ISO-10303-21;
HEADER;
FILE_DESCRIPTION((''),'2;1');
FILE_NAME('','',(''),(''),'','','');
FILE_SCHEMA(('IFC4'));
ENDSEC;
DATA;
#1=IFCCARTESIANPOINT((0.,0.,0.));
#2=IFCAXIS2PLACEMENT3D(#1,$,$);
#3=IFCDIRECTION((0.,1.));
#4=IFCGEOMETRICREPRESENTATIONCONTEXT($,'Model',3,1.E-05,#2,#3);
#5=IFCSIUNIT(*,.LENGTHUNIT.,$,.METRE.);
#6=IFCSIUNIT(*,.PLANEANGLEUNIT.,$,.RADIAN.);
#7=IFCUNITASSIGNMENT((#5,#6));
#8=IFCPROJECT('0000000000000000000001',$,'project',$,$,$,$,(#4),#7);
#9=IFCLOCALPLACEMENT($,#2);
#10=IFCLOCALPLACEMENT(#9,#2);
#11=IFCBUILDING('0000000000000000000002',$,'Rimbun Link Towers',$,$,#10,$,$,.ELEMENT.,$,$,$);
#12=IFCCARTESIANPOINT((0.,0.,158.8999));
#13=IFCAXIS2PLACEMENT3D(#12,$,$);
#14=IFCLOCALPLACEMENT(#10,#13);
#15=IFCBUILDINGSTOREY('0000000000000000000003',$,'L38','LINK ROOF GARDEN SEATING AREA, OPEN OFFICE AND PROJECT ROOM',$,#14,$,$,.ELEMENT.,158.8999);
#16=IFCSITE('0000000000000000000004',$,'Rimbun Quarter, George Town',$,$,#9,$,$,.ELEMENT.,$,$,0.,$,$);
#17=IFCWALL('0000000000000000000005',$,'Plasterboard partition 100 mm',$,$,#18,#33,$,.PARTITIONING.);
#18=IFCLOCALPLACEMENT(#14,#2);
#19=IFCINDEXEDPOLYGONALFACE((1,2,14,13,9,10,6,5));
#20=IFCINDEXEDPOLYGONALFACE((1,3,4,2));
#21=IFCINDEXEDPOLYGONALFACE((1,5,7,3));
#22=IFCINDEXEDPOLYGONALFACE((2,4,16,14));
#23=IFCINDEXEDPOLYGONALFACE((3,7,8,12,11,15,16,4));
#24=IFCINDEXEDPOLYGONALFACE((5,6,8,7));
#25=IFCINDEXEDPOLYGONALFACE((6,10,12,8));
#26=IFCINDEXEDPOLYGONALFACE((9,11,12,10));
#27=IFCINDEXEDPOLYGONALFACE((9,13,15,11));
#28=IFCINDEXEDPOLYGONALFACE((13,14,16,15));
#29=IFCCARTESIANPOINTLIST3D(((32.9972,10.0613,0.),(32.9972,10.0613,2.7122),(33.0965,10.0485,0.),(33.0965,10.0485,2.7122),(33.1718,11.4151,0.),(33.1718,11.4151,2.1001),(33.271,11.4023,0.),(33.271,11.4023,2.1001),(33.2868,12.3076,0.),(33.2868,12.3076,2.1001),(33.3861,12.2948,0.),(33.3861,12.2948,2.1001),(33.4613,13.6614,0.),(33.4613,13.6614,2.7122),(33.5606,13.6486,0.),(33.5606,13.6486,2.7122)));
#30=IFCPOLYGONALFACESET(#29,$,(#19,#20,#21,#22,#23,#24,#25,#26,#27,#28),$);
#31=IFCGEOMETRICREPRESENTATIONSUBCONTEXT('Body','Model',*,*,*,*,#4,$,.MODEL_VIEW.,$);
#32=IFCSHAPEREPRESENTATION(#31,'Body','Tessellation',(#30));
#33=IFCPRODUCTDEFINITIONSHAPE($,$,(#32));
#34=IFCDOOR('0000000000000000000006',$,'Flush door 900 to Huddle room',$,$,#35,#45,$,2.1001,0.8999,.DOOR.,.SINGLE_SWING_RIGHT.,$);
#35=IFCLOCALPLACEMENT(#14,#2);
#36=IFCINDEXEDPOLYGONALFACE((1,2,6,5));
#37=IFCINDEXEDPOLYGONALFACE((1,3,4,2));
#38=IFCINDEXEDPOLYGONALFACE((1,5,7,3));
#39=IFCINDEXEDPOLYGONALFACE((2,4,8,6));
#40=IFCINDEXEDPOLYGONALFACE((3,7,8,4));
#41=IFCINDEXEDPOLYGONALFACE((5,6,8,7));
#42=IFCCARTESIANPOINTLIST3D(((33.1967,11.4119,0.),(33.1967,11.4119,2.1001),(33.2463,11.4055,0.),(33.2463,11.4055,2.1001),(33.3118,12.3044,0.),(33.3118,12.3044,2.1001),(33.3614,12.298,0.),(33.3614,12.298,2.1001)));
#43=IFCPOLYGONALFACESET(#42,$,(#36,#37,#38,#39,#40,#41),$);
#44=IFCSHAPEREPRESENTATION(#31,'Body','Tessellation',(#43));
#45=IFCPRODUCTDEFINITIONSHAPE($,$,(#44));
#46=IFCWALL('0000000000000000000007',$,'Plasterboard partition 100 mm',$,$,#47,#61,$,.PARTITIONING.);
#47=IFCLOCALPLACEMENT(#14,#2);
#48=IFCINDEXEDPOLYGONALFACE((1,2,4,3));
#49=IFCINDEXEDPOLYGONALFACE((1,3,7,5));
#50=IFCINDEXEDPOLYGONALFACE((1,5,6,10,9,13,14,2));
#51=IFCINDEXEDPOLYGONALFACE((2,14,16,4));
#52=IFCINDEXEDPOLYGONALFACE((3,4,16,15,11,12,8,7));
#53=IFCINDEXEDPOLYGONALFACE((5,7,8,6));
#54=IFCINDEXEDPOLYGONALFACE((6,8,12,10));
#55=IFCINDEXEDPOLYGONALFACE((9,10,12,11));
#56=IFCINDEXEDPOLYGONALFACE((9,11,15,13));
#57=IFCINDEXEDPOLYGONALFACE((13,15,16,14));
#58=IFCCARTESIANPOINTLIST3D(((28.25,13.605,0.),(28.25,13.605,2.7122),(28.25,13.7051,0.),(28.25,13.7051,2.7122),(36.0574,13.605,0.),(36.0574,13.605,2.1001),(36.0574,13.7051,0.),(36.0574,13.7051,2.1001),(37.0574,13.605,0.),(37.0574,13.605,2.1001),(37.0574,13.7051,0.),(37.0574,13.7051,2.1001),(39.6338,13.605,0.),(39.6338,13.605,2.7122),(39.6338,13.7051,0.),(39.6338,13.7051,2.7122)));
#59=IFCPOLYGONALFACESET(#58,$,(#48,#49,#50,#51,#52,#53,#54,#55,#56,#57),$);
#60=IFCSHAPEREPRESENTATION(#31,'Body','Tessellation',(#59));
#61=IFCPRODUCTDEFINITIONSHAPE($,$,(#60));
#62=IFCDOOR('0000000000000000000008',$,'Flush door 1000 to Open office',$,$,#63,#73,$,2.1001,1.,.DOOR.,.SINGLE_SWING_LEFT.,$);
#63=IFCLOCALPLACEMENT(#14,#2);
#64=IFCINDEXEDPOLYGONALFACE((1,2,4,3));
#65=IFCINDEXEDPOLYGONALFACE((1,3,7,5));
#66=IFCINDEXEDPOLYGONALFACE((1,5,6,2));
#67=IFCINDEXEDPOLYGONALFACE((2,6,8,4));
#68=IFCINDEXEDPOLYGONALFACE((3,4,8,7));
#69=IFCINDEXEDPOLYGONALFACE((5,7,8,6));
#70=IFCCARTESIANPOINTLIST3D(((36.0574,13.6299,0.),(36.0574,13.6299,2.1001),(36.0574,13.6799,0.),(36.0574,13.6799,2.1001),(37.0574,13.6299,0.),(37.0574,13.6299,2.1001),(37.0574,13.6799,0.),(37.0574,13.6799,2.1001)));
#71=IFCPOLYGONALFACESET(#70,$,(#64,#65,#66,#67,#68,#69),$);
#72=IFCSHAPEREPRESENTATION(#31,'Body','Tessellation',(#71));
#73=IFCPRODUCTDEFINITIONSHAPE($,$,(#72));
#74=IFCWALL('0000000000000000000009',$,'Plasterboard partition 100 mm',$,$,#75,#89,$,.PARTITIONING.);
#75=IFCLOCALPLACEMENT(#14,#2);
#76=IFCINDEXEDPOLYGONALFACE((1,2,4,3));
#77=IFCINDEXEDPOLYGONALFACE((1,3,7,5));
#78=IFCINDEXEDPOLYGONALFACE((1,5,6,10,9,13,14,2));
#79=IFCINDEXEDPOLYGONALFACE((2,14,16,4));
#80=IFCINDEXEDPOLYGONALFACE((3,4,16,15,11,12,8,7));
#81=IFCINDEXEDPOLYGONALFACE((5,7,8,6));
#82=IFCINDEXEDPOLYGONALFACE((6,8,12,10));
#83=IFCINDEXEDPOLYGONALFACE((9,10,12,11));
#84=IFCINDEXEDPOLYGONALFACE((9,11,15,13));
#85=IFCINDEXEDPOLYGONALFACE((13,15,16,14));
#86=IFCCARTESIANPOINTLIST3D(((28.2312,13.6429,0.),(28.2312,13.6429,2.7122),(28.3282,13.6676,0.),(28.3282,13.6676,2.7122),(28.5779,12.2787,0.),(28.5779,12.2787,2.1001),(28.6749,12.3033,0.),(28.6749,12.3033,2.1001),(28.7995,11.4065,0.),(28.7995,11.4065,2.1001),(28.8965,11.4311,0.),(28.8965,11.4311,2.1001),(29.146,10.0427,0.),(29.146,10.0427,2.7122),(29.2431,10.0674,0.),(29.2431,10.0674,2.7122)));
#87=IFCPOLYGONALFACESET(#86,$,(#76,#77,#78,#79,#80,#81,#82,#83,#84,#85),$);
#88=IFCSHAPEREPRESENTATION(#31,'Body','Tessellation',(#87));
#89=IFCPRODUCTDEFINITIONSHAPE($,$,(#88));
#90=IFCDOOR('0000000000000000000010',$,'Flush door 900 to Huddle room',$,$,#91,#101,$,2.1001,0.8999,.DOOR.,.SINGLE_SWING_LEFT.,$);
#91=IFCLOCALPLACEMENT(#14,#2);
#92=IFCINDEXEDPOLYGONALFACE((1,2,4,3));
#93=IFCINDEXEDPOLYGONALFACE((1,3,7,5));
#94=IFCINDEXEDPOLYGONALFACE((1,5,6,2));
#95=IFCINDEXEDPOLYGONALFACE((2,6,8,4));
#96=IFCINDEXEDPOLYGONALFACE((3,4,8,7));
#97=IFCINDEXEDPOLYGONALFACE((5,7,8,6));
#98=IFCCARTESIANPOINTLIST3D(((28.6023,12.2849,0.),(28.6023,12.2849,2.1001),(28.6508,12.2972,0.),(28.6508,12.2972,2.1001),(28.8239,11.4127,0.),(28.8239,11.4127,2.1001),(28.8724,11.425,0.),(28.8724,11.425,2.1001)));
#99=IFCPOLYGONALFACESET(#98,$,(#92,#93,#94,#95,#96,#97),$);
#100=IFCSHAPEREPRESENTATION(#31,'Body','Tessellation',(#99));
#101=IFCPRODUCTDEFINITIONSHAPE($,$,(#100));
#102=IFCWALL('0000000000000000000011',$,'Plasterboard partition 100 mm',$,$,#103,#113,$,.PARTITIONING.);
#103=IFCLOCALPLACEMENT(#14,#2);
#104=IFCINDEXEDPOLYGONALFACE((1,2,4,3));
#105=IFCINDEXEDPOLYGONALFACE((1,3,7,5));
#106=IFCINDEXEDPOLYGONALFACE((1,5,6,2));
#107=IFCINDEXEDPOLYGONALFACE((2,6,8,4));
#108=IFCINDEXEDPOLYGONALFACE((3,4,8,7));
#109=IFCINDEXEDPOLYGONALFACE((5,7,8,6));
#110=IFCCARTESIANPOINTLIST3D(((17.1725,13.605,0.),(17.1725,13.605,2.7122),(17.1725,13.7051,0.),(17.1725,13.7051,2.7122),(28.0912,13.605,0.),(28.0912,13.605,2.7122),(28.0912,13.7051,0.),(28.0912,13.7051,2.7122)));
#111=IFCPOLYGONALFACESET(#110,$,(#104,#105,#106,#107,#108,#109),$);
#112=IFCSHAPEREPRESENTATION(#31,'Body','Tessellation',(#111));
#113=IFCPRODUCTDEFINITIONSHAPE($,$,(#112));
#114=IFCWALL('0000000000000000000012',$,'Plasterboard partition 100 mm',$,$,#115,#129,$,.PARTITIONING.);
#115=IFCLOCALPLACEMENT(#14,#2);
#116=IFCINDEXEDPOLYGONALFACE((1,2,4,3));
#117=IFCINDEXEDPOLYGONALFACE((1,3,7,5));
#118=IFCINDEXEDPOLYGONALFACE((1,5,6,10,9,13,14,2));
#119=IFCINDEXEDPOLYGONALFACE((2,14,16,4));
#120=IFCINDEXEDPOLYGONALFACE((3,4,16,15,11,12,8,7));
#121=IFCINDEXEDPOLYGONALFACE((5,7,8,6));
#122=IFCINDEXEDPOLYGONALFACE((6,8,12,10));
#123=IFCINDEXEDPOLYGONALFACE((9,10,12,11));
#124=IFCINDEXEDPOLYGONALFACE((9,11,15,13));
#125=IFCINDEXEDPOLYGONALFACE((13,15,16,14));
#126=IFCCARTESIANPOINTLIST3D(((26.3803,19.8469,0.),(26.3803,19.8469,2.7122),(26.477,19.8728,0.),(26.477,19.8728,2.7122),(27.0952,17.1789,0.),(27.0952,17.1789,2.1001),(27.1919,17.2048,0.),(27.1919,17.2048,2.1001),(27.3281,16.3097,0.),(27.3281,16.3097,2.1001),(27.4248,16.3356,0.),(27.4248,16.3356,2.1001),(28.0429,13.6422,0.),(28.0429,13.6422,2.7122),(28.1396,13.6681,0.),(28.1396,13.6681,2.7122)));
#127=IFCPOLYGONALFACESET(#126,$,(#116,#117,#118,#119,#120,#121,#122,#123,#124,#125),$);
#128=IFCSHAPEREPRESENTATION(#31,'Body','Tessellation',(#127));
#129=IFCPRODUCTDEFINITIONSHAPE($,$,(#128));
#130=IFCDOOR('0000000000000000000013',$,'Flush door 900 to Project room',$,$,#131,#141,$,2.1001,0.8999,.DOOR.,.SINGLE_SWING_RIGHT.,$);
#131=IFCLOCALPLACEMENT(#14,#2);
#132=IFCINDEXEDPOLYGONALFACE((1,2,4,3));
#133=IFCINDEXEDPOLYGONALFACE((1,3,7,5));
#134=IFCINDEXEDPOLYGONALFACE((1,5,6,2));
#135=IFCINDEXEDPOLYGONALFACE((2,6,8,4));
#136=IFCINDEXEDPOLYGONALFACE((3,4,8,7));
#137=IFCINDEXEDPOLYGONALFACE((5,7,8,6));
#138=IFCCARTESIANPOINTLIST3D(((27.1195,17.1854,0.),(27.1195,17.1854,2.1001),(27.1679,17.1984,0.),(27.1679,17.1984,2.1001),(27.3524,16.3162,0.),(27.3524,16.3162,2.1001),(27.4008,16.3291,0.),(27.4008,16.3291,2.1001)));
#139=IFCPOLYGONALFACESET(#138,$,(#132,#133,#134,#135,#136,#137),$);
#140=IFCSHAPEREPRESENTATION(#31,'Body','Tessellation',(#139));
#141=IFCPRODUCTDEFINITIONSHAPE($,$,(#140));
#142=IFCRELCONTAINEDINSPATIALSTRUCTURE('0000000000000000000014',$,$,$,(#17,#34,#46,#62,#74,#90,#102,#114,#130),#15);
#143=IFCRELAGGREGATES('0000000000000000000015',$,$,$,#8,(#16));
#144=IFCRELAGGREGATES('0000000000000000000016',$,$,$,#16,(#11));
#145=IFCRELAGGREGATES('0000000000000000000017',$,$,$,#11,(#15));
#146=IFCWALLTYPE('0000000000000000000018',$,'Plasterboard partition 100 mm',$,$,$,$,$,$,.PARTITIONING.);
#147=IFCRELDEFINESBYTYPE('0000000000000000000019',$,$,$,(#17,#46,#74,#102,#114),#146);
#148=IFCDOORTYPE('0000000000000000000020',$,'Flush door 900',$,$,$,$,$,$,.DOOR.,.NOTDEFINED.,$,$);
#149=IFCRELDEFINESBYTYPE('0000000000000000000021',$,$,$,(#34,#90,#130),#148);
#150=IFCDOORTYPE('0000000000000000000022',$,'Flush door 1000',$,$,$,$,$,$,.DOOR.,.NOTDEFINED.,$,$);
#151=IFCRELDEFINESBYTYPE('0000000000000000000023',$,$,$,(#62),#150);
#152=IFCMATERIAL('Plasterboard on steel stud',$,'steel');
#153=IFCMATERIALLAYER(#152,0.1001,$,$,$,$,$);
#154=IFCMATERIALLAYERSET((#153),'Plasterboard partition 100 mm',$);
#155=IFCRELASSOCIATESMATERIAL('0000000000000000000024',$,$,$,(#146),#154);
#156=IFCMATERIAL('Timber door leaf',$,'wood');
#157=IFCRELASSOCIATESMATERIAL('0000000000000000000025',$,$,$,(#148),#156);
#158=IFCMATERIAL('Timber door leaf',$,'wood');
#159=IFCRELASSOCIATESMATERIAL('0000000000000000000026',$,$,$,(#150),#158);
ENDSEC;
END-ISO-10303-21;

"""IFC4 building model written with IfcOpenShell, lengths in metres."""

from ifc_helpers import new_model, si_unit, direction, frame, frame_2d, origin, place, context, subcontext, project, spatial, rectangle, extrude, material, layer, layer_set, type_object, element, fill, save


model = new_model("IFC4")

# Units and contexts
model_context = context("Model", 3, precision=1e-05, world=origin(), true_north=direction((0.0, 1.0)))
body_context = subcontext(model_context, "Body", "Model", "MODEL_VIEW")
ifc_project = project(units=[si_unit("LENGTHUNIT", "METRE"), si_unit("PLANEANGLEUNIT", "RADIAN")], contexts=[model_context])

# Site, building, storey
site_placement = place(None, origin())
site = spatial("IfcSite", under=ifc_project, at=site_placement, Name="Rimbun Quarter, George Town", CompositionType="ELEMENT", RefElevation=0.0)
building_placement = place(site_placement, origin())
building = spatial("IfcBuilding", under=site, at=building_placement, Name="Rimbun Link Towers", CompositionType="ELEMENT")
storey_placement = place(building_placement, frame((0.0, 0.0, 158.8999)))
storey = spatial("IfcBuildingStorey", under=building, at=storey_placement, Name="L38", Description="LINK ROOF GARDEN SEATING AREA, OPEN OFFICE AND PROJECT ROOM", CompositionType="ELEMENT", Elevation=158.8999)

# Walls, openings, doors
ifc_material_1 = material(Name="Plasterboard on steel stud", Category="steel")
ifc_layer_1 = layer(ifc_material_1, 0.1001)
ifc_layer_set_1 = layer_set([ifc_layer_1], Name="Plasterboard partition 100 mm")
wall_type = type_object("IfcWallType", Name="Plasterboard partition 100 mm", PredefinedType="PARTITIONING", material=ifc_layer_set_1)
wall_1_placement = place(storey_placement, frame((33.0469, 10.0549, 0.0), z_axis=(0.0, 0.0, 1.0), x_axis=(0.127858, 0.991792, 0.0)))
wall_1 = element("IfcWall", 1, at=wall_1_placement, inside=storey, type_object=wall_type, Name="Plasterboard partition 100 mm", PredefinedType="PARTITIONING", context=body_context, shape_type="SweptSolid", body=[
    extrude(rectangle(XDim=3.6299, YDim=0.1001, at=frame_2d((1.8149, 0.0))), origin(), (0.0, 0.0, 1.0), 2.7122),
])
opening_1_placement = place(wall_1_placement, frame((1.365, 0.0, 0.0)))
opening_1 = element("IfcOpeningElement", 2, at=opening_1_placement, cuts=wall_1, PredefinedType="OPENING", context=body_context, shape_type="SweptSolid", body=[
    extrude(rectangle(XDim=0.8999, YDim=2.1001, at=frame_2d((0.45, 1.05))), frame((0.0, 0.0601, 0.0), z_axis=(0.0, -1.0, 0.0), x_axis=(1.0, 0.0, 0.0)), (0.0, 0.0, 1.0), 0.1201),
])
ifc_material_2 = material(Name="Timber door leaf", Category="wood")
door_type_1 = type_object("IfcDoorType", Name="Flush door 900", OperationType="NOTDEFINED", PredefinedType="DOOR", material=ifc_material_2)
door_1_placement = place(opening_1_placement, origin())
door_1 = element("IfcDoor", 3, at=door_1_placement, inside=storey, type_object=door_type_1, Name="Flush door 900 to Huddle room", OperationType="SINGLE_SWING_RIGHT", OverallHeight=2.1001, OverallWidth=0.8999, PredefinedType="DOOR", context=body_context, shape_type="SweptSolid", body=[
    extrude(rectangle(XDim=0.8999, YDim=2.1001, at=frame_2d((0.45, 1.05))), frame((0.0, 0.0249, 0.0), z_axis=(0.0, -1.0, 0.0), x_axis=(1.0, 0.0, 0.0)), (0.0, 0.0, 1.0), 0.05),
])
fill(opening_1, door_1)
wall_2_placement = place(storey_placement, frame((28.25, 13.655, 0.0), z_axis=(0.0, 0.0, 1.0), x_axis=(1.0, 0.0, 0.0)))
wall_2 = element("IfcWall", 4, at=wall_2_placement, inside=storey, type_object=wall_type, Name="Plasterboard partition 100 mm", PredefinedType="PARTITIONING", context=body_context, shape_type="SweptSolid", body=[
    extrude(rectangle(XDim=11.3838, YDim=0.1001, at=frame_2d((5.6919, 0.0))), origin(), (0.0, 0.0, 1.0), 2.7122),
])
opening_2_placement = place(wall_2_placement, frame((7.8074, 0.0, 0.0)))
opening_2 = element("IfcOpeningElement", 5, at=opening_2_placement, cuts=wall_2, PredefinedType="OPENING", context=body_context, shape_type="SweptSolid", body=[
    extrude(rectangle(XDim=1.0, YDim=2.1001, at=frame_2d((0.5, 1.05))), frame((0.0, 0.0601, 0.0), z_axis=(0.0, -1.0, 0.0), x_axis=(1.0, 0.0, 0.0)), (0.0, 0.0, 1.0), 0.1201),
])
ifc_material_3 = material(Name="Timber door leaf", Category="wood")
door_type_2 = type_object("IfcDoorType", Name="Flush door 1000", OperationType="NOTDEFINED", PredefinedType="DOOR", material=ifc_material_3)
door_2_placement = place(opening_2_placement, origin())
door_2 = element("IfcDoor", 6, at=door_2_placement, inside=storey, type_object=door_type_2, Name="Flush door 1000 to Open office", OperationType="SINGLE_SWING_LEFT", OverallHeight=2.1001, OverallWidth=1.0, PredefinedType="DOOR", context=body_context, shape_type="SweptSolid", body=[
    extrude(rectangle(XDim=1.0, YDim=2.1001, at=frame_2d((0.5, 1.05))), frame((0.0, 0.0249, 0.0), z_axis=(0.0, -1.0, 0.0), x_axis=(1.0, 0.0, 0.0)), (0.0, 0.0, 1.0), 0.05),
])
fill(opening_2, door_2)
wall_3_placement = place(storey_placement, frame((29.1946, 10.0549, 0.0), z_axis=(0.0, 0.0, 1.0), x_axis=(-0.246276, 0.9692, 0.0)))
wall_3 = element("IfcWall", 7, at=wall_3_placement, inside=storey, type_object=wall_type, Name="Plasterboard partition 100 mm", PredefinedType="PARTITIONING", context=body_context, shape_type="SweptSolid", body=[
    extrude(rectangle(XDim=3.7146, YDim=0.1001, at=frame_2d((1.8574, 0.0))), origin(), (0.0, 0.0, 1.0), 2.7122),
])
opening_3_placement = place(wall_3_placement, frame((1.4072, 0.0, 0.0)))
opening_3 = element("IfcOpeningElement", 8, at=opening_3_placement, cuts=wall_3, PredefinedType="OPENING", context=body_context, shape_type="SweptSolid", body=[
    extrude(rectangle(XDim=0.8999, YDim=2.1001, at=frame_2d((0.45, 1.05))), frame((0.0, 0.0601, 0.0), z_axis=(0.0, -1.0, 0.0), x_axis=(1.0, 0.0, 0.0)), (0.0, 0.0, 1.0), 0.1201),
])
door_3_placement = place(opening_3_placement, origin())
door_3 = element("IfcDoor", 9, at=door_3_placement, inside=storey, type_object=door_type_1, Name="Flush door 900 to Huddle room", OperationType="SINGLE_SWING_LEFT", OverallHeight=2.1001, OverallWidth=0.8999, PredefinedType="DOOR", context=body_context, shape_type="SweptSolid", body=[
    extrude(rectangle(XDim=0.8999, YDim=2.1001, at=frame_2d((0.45, 1.05))), frame((0.0, 0.0249, 0.0), z_axis=(0.0, -1.0, 0.0), x_axis=(1.0, 0.0, 0.0)), (0.0, 0.0, 1.0), 0.05),
])
fill(opening_3, door_3)

# Wall
wall_4_placement = place(storey_placement, frame((28.0913, 13.655, 0.0), z_axis=(0.0, 0.0, 1.0), x_axis=(-1.0, 0.0, 0.0)))
element("IfcWall", 10, at=wall_4_placement, inside=storey, type_object=wall_type, Name="Plasterboard partition 100 mm", PredefinedType="PARTITIONING", context=body_context, shape_type="SweptSolid", body=[
    extrude(rectangle(XDim=10.9187, YDim=0.1001, at=frame_2d((5.4595, 0.0))), origin(), (0.0, 0.0, 1.0), 2.7122),
])

# Wall, opening, door
wall_5_placement = place(storey_placement, frame((28.0913, 13.655, 0.0), z_axis=(0.0, 0.0, 1.0), x_axis=(-0.258831, 0.965923, 0.0)))
wall_5 = element("IfcWall", 11, at=wall_5_placement, inside=storey, type_object=wall_type, Name="Plasterboard partition 100 mm", PredefinedType="PARTITIONING", context=body_context, shape_type="SweptSolid", body=[
    extrude(rectangle(XDim=6.4236, YDim=0.1001, at=frame_2d((3.2119, 0.0))), origin(), (0.0, 0.0, 1.0), 2.7122),
])
opening_4_placement = place(wall_5_placement, frame((2.7617, 0.0, 0.0)))
opening_4 = element("IfcOpeningElement", 12, at=opening_4_placement, cuts=wall_5, PredefinedType="OPENING", context=body_context, shape_type="SweptSolid", body=[
    extrude(rectangle(XDim=0.8999, YDim=2.1001, at=frame_2d((0.45, 1.05))), frame((0.0, 0.0601, 0.0), z_axis=(0.0, -1.0, 0.0), x_axis=(1.0, 0.0, 0.0)), (0.0, 0.0, 1.0), 0.1201),
])
door_4_placement = place(opening_4_placement, origin())
door_4 = element("IfcDoor", 13, at=door_4_placement, inside=storey, type_object=door_type_1, Name="Flush door 900 to Project room", OperationType="SINGLE_SWING_RIGHT", OverallHeight=2.1001, OverallWidth=0.8999, PredefinedType="DOOR", context=body_context, shape_type="SweptSolid", body=[
    extrude(rectangle(XDim=0.8999, YDim=2.1001, at=frame_2d((0.45, 1.05))), frame((0.0, 0.0249, 0.0), z_axis=(0.0, -1.0, 0.0), x_axis=(1.0, 0.0, 0.0)), (0.0, 0.0, 1.0), 0.05),
])
fill(opening_4, door_4)

save(model, "model.ifc")
